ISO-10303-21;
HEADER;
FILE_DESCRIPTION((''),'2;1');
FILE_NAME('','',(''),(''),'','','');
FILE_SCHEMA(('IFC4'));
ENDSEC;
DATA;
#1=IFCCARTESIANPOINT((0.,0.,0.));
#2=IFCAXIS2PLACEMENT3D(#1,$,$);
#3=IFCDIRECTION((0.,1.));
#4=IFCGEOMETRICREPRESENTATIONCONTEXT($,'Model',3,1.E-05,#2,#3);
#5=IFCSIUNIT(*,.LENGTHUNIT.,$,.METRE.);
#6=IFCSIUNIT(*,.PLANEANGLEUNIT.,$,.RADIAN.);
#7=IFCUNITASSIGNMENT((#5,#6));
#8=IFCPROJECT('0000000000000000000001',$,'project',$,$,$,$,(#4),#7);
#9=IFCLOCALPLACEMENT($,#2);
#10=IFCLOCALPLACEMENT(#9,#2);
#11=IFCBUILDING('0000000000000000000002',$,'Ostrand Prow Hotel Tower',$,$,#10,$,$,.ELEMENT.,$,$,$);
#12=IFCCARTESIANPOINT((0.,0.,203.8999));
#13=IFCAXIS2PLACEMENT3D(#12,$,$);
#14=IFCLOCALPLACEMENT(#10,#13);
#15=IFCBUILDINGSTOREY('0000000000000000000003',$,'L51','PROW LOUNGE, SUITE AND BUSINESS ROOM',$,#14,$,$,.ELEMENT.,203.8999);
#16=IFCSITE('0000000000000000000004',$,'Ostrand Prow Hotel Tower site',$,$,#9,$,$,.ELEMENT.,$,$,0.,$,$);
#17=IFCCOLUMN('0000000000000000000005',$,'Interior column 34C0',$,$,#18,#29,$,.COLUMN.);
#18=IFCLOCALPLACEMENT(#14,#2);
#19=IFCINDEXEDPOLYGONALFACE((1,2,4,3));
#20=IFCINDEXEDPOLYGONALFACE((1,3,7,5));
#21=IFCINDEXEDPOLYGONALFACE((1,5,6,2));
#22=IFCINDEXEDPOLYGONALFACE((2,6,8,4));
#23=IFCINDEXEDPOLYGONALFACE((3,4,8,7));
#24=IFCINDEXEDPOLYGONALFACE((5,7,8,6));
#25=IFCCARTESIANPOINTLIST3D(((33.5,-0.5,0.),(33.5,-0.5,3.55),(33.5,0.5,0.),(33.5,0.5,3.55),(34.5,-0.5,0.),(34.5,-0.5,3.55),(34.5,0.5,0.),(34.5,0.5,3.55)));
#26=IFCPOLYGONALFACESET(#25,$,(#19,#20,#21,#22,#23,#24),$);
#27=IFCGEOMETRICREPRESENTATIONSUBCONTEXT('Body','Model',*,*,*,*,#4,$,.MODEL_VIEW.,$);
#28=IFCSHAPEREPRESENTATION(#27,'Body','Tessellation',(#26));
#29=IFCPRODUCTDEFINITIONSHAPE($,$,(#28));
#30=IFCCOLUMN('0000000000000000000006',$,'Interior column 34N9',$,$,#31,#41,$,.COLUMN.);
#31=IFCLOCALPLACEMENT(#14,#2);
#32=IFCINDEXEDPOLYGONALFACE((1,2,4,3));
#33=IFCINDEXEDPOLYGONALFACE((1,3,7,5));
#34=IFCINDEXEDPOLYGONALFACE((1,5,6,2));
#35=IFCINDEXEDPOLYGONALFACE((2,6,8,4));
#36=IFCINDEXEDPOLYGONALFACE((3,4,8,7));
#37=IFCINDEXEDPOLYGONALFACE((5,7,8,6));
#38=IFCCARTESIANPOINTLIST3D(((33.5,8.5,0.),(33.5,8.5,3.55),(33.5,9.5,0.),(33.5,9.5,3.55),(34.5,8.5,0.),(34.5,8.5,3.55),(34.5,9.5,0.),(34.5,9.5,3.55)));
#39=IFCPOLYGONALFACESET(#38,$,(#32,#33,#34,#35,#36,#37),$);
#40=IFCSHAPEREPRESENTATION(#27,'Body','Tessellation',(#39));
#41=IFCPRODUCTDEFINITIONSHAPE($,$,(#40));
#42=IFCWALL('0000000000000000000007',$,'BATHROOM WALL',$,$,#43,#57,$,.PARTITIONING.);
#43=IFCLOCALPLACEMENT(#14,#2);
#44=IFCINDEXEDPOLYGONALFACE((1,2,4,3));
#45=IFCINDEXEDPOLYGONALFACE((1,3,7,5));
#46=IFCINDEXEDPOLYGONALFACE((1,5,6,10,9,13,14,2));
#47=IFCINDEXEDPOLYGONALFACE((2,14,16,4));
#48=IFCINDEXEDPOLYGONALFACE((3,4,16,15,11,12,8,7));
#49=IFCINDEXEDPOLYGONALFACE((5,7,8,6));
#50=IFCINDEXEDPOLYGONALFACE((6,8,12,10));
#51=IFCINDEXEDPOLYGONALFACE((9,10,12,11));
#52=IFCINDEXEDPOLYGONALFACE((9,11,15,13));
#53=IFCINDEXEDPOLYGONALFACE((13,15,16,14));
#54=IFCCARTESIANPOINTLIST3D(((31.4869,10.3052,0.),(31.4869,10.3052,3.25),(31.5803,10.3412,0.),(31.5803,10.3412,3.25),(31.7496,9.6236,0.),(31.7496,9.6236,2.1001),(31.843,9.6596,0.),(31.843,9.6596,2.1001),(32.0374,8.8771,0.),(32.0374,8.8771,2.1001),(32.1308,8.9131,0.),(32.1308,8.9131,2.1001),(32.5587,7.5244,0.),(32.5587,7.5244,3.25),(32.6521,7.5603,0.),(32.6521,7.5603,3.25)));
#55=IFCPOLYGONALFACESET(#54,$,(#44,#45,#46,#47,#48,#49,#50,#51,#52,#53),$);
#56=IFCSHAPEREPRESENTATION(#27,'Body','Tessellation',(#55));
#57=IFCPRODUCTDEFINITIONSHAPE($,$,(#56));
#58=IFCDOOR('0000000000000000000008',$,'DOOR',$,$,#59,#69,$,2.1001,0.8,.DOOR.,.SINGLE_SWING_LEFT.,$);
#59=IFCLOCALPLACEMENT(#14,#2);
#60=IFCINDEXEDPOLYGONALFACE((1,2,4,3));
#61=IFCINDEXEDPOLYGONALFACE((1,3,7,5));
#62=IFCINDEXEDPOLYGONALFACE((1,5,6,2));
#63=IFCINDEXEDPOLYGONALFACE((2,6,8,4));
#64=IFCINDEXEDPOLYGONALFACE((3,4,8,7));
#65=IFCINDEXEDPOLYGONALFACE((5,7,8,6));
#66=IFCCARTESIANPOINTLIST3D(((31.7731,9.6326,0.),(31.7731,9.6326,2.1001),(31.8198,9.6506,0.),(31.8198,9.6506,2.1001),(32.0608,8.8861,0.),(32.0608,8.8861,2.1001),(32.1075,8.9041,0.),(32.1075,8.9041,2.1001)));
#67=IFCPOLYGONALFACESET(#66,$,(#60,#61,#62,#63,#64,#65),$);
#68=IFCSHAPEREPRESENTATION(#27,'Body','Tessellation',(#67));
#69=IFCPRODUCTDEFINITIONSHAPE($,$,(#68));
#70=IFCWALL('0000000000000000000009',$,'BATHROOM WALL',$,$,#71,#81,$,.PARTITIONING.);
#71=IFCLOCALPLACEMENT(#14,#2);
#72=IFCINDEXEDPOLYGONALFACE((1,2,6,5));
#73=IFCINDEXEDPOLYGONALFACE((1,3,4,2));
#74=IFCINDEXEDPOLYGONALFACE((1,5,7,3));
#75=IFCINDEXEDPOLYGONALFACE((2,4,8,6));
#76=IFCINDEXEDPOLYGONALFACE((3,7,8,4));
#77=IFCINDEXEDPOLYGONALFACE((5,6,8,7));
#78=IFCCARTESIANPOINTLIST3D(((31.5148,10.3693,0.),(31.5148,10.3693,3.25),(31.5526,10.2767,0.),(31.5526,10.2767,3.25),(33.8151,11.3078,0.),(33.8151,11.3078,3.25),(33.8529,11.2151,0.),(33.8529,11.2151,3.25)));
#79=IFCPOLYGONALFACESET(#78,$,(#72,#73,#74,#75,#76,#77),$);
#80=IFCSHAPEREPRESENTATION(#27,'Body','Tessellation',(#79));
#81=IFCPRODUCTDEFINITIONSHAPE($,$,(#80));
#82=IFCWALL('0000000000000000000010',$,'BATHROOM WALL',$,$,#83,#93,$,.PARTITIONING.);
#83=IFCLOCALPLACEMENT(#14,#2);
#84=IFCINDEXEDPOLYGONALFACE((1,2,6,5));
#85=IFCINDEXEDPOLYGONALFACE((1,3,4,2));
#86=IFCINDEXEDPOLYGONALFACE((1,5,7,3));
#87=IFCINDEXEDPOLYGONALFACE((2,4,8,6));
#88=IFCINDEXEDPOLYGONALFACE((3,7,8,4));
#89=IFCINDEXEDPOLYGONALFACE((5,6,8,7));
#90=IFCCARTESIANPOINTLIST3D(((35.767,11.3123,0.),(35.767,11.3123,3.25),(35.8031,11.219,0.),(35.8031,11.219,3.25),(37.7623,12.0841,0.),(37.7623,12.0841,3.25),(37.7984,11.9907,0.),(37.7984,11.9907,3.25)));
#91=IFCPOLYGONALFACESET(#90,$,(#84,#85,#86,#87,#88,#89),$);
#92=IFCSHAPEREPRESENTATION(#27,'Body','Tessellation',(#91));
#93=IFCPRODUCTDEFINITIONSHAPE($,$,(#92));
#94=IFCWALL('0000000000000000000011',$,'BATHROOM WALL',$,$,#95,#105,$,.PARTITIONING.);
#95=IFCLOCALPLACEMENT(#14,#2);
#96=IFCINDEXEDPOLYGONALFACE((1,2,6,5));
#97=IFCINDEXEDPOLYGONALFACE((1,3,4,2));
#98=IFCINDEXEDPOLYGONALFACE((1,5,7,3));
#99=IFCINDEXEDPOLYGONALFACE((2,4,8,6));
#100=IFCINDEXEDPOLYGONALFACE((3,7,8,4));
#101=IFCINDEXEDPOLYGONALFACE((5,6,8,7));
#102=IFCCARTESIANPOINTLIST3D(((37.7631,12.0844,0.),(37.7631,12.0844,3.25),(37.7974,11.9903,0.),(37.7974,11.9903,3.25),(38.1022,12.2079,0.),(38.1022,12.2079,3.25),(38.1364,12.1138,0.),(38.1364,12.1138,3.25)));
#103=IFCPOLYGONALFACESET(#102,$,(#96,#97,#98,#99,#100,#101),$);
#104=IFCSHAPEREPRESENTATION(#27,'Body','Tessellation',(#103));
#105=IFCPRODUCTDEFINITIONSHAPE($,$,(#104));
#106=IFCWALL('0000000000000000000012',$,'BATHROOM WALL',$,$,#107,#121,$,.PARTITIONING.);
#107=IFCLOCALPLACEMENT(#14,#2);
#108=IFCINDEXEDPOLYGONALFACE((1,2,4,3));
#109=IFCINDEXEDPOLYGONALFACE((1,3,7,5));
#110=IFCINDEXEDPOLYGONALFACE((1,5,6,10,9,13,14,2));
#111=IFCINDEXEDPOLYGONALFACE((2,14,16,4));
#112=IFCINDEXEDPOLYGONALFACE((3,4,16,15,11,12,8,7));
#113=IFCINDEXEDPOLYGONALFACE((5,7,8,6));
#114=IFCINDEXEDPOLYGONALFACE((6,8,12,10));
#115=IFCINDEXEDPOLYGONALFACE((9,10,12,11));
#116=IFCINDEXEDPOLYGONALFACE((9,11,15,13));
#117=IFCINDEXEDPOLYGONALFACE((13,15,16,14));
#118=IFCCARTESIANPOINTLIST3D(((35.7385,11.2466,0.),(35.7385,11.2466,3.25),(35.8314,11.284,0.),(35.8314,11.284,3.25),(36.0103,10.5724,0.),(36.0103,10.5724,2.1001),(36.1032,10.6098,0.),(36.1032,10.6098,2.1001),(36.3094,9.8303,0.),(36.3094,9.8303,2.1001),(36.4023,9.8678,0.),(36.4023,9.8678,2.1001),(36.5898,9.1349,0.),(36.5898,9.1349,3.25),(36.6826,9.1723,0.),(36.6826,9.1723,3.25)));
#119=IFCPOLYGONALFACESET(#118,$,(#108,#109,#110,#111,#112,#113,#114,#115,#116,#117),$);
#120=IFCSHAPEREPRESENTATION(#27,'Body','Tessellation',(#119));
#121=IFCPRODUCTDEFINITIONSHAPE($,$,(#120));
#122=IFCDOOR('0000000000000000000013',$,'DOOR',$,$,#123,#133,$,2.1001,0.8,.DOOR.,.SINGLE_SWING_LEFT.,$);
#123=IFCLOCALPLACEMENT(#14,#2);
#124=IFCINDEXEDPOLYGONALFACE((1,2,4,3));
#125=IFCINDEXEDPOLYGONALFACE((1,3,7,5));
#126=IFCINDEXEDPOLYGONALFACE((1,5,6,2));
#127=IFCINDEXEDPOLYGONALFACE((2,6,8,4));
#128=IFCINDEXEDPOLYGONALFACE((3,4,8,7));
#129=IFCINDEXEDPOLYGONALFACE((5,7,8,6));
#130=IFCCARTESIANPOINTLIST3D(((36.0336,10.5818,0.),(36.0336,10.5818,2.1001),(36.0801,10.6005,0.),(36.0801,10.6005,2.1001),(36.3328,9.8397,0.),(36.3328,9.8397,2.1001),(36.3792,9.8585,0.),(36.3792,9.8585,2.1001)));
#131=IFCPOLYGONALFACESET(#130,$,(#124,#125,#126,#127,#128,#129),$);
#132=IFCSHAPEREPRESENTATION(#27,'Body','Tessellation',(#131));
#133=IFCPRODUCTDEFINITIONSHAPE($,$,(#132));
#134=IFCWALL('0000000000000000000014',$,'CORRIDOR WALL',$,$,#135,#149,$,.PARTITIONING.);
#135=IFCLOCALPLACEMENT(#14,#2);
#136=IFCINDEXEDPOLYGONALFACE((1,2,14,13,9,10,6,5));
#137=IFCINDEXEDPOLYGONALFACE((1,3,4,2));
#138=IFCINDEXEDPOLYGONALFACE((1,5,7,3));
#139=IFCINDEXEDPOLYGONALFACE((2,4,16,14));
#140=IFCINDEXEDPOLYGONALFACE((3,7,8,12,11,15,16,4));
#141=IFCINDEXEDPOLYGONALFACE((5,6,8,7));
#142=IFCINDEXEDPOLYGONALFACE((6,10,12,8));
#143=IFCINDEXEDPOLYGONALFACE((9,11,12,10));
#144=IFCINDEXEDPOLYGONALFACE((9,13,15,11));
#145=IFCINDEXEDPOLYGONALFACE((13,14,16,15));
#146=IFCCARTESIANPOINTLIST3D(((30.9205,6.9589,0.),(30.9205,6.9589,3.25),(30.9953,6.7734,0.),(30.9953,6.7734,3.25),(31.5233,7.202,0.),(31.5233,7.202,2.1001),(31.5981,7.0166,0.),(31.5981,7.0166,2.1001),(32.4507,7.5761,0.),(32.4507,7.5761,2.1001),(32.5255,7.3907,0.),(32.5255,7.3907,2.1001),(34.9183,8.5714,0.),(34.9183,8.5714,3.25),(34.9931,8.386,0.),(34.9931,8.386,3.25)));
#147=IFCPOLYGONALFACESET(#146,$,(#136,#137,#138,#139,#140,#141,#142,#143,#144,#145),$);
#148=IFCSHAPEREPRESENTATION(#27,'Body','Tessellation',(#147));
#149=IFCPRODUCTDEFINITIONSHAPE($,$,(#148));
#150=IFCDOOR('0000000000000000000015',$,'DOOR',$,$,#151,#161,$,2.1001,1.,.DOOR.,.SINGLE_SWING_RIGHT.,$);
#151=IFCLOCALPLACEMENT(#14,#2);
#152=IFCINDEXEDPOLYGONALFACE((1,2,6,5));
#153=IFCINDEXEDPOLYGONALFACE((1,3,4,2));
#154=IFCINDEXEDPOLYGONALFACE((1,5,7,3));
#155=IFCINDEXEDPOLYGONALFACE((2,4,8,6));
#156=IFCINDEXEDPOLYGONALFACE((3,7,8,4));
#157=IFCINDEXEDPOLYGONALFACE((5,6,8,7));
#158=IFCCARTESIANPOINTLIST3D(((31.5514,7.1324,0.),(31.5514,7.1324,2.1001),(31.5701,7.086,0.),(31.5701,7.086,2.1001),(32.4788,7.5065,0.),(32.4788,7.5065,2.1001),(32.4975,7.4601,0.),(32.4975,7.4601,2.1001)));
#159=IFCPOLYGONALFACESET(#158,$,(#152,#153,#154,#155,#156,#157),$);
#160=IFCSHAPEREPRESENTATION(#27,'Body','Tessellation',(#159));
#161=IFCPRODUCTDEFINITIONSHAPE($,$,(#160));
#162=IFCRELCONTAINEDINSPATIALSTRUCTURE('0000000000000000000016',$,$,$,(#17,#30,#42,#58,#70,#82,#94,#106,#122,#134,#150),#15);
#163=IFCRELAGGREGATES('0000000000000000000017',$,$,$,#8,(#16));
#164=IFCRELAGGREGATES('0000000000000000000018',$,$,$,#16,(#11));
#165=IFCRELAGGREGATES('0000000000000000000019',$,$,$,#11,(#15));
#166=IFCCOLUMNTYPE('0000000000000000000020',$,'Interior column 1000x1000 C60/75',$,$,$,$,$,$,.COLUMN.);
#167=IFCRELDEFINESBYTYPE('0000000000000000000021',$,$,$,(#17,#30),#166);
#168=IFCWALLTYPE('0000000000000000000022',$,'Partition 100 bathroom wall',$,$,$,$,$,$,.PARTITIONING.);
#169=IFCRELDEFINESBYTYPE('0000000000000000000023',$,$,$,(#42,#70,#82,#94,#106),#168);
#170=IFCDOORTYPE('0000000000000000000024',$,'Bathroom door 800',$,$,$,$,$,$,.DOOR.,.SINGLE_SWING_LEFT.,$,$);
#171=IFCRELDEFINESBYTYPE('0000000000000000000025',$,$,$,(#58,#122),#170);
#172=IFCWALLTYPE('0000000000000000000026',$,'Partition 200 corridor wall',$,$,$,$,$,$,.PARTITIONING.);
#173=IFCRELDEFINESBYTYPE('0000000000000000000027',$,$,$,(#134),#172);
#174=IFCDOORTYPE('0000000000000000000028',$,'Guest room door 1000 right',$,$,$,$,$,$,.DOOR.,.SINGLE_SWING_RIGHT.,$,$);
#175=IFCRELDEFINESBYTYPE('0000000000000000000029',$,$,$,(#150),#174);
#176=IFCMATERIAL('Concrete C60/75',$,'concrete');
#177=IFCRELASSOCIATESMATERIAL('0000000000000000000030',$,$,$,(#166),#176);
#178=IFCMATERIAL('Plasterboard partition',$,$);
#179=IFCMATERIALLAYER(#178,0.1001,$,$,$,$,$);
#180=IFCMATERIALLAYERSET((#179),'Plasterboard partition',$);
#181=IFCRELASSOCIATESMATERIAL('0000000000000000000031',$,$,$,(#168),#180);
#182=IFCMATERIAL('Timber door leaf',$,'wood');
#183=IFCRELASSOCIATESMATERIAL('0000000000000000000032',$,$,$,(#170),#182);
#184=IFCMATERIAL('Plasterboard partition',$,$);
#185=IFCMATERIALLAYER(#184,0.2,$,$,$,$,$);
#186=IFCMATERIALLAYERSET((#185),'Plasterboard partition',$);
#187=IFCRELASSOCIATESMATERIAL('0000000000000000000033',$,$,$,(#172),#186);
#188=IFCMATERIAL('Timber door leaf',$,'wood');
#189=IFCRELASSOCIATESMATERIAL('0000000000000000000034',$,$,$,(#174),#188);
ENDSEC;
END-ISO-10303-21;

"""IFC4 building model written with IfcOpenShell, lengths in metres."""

from ifc_helpers import new_model, si_unit, direction, frame, frame_2d, origin, origin_2d, place, context, subcontext, project, spatial, rectangle, extrude, material, layer, layer_set, material_profile, profile_set, type_object, element, fill, save


model = new_model("IFC4")

# Units and contexts
model_context = context("Model", 3, precision=1e-05, world=origin(), true_north=direction((0.0, 1.0)))
body_context = subcontext(model_context, "Body", "Model", "MODEL_VIEW")
ifc_project = project(units=[si_unit("LENGTHUNIT", "METRE"), si_unit("PLANEANGLEUNIT", "RADIAN")], contexts=[model_context])

# Site, building, storey
site_placement = place(None, origin())
site = spatial("IfcSite", under=ifc_project, at=site_placement, Name="Ostrand Prow Hotel Tower site", CompositionType="ELEMENT", RefElevation=0.0)
building_placement = place(site_placement, origin())
building = spatial("IfcBuilding", under=site, at=building_placement, Name="Ostrand Prow Hotel Tower", CompositionType="ELEMENT")
storey_placement = place(building_placement, frame((0.0, 0.0, 203.8999)))
storey = spatial("IfcBuildingStorey", under=building, at=storey_placement, Name="L51", Description="PROW LOUNGE, SUITE AND BUSINESS ROOM", CompositionType="ELEMENT", Elevation=203.8999)

# Columns
ifc_material_1 = material(Name="Concrete C60/75", Category="concrete")
ifc_material_profile = material_profile(ifc_material_1, rectangle(XDim=1.0, YDim=1.0, at=origin_2d()), Name="RC 1000x1000")
ifc_profile_set = profile_set([ifc_material_profile], Name="Concrete C60/75")
column_type = type_object("IfcColumnType", Name="Interior column 1000x1000 C60/75", PredefinedType="COLUMN", material=ifc_profile_set)
for number, where, z_axis, x_axis, name in (
    (1, (34.0, 0.0, 0.0), (0.0, 0.0, 1.0), (1.0, 0.0, 0.0), "Interior column 34C0"),
    (2, (34.0, 9.0, 0.0), (0.0, 0.0, 1.0), (1.0, 0.0, 0.0), "Interior column 34N9"),
):
    element("IfcColumn", number, at=place(storey_placement, frame(where, z_axis=z_axis, x_axis=x_axis)), inside=storey, type_object=column_type, Name=name, PredefinedType="COLUMN", context=body_context, shape_type="SweptSolid", body=[
        extrude(rectangle(XDim=1.0, YDim=1.0, at=origin_2d()), origin(), (0.0, 0.0, 1.0), 3.55),
    ])

# Wall, opening, door
ifc_material_2 = material(Name="Plasterboard partition")
ifc_layer_1 = layer(ifc_material_2, 0.1001)
ifc_layer_set_1 = layer_set([ifc_layer_1], Name="Plasterboard partition")
wall_type_1 = type_object("IfcWallType", Name="Partition 100 bathroom wall", PredefinedType="PARTITIONING", material=ifc_layer_set_1)
wall_1_placement = place(storey_placement, frame((32.6055, 7.5422, 0.0), z_axis=(0.0, 0.0, 1.0), x_axis=(-0.359638, 0.933092, 0.0)))
wall_1 = element("IfcWall", 3, at=wall_1_placement, inside=storey, type_object=wall_type_1, Name="BATHROOM WALL", PredefinedType="PARTITIONING", context=body_context, shape_type="SweptSolid", body=[
    extrude(rectangle(XDim=2.9802, YDim=0.1001, at=frame_2d((1.4902, 0.0))), origin(), (0.0, 0.0, 1.0), 3.25),
])
opening_1_placement = place(wall_1_placement, frame((1.45, 0.0, 0.0)))
opening_1 = element("IfcOpeningElement", 4, at=opening_1_placement, cuts=wall_1, PredefinedType="OPENING", context=body_context, shape_type="SweptSolid", body=[
    extrude(rectangle(XDim=0.8, YDim=2.1001, at=frame_2d((0.3999, 1.05))), frame((0.0, 0.0601, 0.0), z_axis=(0.0, -1.0, 0.0), x_axis=(1.0, 0.0, 0.0)), (0.0, 0.0, 1.0), 0.1201),
])
ifc_material_3 = material(Name="Timber door leaf", Category="wood")
door_type_1 = type_object("IfcDoorType", Name="Bathroom door 800", OperationType="SINGLE_SWING_LEFT", PredefinedType="DOOR", material=ifc_material_3)
door_1_placement = place(opening_1_placement, origin())
door_1 = element("IfcDoor", 5, at=door_1_placement, inside=storey, type_object=door_type_1, Name="DOOR", OperationType="SINGLE_SWING_LEFT", OverallHeight=2.1001, OverallWidth=0.8, PredefinedType="DOOR", context=body_context, shape_type="SweptSolid", body=[
    extrude(rectangle(XDim=0.8, YDim=2.1001, at=frame_2d((0.3999, 1.05))), frame((0.0, 0.0249, 0.0), z_axis=(0.0, -1.0, 0.0), x_axis=(1.0, 0.0, 0.0)), (0.0, 0.0, 1.0), 0.05),
])
fill(opening_1, door_1)

# Walls
wall_2_placement = place(storey_placement, frame((31.5337, 10.323, 0.0), z_axis=(0.0, 0.0, 1.0), x_axis=(0.925907, 0.377753, 0.0)))
element("IfcWall", 6, at=wall_2_placement, inside=storey, type_object=wall_type_1, Name="BATHROOM WALL", PredefinedType="PARTITIONING", context=body_context, shape_type="SweptSolid", body=[
    extrude(rectangle(XDim=2.4844, YDim=0.1001, at=frame_2d((1.2422, 0.0))), origin(), (0.0, 0.0, 1.0), 3.25),
])
wall_3_placement = place(storey_placement, frame((35.7849, 11.2656, 0.0), z_axis=(0.0, 0.0, 1.0), x_axis=(0.932673, 0.360722, 0.0)))
element("IfcWall", 7, at=wall_3_placement, inside=storey, type_object=wall_type_1, Name="BATHROOM WALL", PredefinedType="PARTITIONING", context=body_context, shape_type="SweptSolid", body=[
    extrude(rectangle(XDim=2.1394, YDim=0.1001, at=frame_2d((1.0698, 0.0))), origin(), (0.0, 0.0, 1.0), 3.25),
])
wall_4_placement = place(storey_placement, frame((37.7803, 12.0374, 0.0), z_axis=(0.0, 0.0, 1.0), x_axis=(0.939596, 0.342286, 0.0)))
element("IfcWall", 8, at=wall_4_placement, inside=storey, type_object=wall_type_1, Name="BATHROOM WALL", PredefinedType="PARTITIONING", context=body_context, shape_type="SweptSolid", body=[
    extrude(rectangle(XDim=0.3608, YDim=0.1001, at=frame_2d((0.1804, 0.0))), origin(), (0.0, 0.0, 1.0), 3.25),
])

# Walls, openings, doors
wall_5_placement = place(storey_placement, frame((36.6362, 9.1536, 0.0), z_axis=(0.0, 0.0, 1.0), x_axis=(-0.373885, 0.927475, 0.0)))
wall_5 = element("IfcWall", 9, at=wall_5_placement, inside=storey, type_object=wall_type_1, Name="BATHROOM WALL", PredefinedType="PARTITIONING", context=body_context, shape_type="SweptSolid", body=[
    extrude(rectangle(XDim=2.2769, YDim=0.1001, at=frame_2d((1.1384, 0.0))), origin(), (0.0, 0.0, 1.0), 3.25),
])
opening_2_placement = place(wall_5_placement, frame((0.75, 0.0, 0.0)))
opening_2 = element("IfcOpeningElement", 10, at=opening_2_placement, cuts=wall_5, PredefinedType="OPENING", context=body_context, shape_type="SweptSolid", body=[
    extrude(rectangle(XDim=0.8, YDim=2.1001, at=frame_2d((0.3999, 1.05))), frame((0.0, 0.0601, 0.0), z_axis=(0.0, -1.0, 0.0), x_axis=(1.0, 0.0, 0.0)), (0.0, 0.0, 1.0), 0.1201),
])
door_2_placement = place(opening_2_placement, origin())
door_2 = element("IfcDoor", 11, at=door_2_placement, inside=storey, type_object=door_type_1, Name="DOOR", OperationType="SINGLE_SWING_LEFT", OverallHeight=2.1001, OverallWidth=0.8, PredefinedType="DOOR", context=body_context, shape_type="SweptSolid", body=[
    extrude(rectangle(XDim=0.8, YDim=2.1001, at=frame_2d((0.3999, 1.05))), frame((0.0, 0.0249, 0.0), z_axis=(0.0, -1.0, 0.0), x_axis=(1.0, 0.0, 0.0)), (0.0, 0.0, 1.0), 0.05),
])
fill(opening_2, door_2)
ifc_material_4 = material(Name="Plasterboard partition")
ifc_layer_2 = layer(ifc_material_4, 0.2)
ifc_layer_set_2 = layer_set([ifc_layer_2], Name="Plasterboard partition")
wall_type_2 = type_object("IfcWallType", Name="Partition 200 corridor wall", PredefinedType="PARTITIONING", material=ifc_layer_set_2)
wall_6_placement = place(storey_placement, frame((30.958, 6.8662, 0.0), z_axis=(0.0, 0.0, 1.0), x_axis=(0.927399, 0.374074, 0.0)))
wall_6 = element("IfcWall", 12, at=wall_6_placement, inside=storey, type_object=wall_type_2, Name="CORRIDOR WALL", PredefinedType="PARTITIONING", context=body_context, shape_type="SweptSolid", body=[
    extrude(rectangle(XDim=4.3108, YDim=0.2, at=frame_2d((2.1553, 0.0))), origin(), (0.0, 0.0, 1.0), 3.25),
])
opening_3_placement = place(wall_6_placement, frame((0.6499, 0.0, 0.0)))
opening_3 = element("IfcOpeningElement", 13, at=opening_3_placement, cuts=wall_6, PredefinedType="OPENING", context=body_context, shape_type="SweptSolid", body=[
    extrude(rectangle(XDim=1.0, YDim=2.1001, at=frame_2d((0.5, 1.05))), frame((0.0, 0.1099, 0.0), z_axis=(0.0, -1.0, 0.0), x_axis=(1.0, 0.0, 0.0)), (0.0, 0.0, 1.0), 0.22),
])
ifc_material_5 = material(Name="Timber door leaf", Category="wood")
door_type_2 = type_object("IfcDoorType", Name="Guest room door 1000 right", OperationType="SINGLE_SWING_RIGHT", PredefinedType="DOOR", material=ifc_material_5)
door_3_placement = place(opening_3_placement, origin())
door_3 = element("IfcDoor", 14, at=door_3_placement, inside=storey, type_object=door_type_2, Name="DOOR", OperationType="SINGLE_SWING_RIGHT", OverallHeight=2.1001, OverallWidth=1.0, PredefinedType="DOOR", context=body_context, shape_type="SweptSolid", body=[
    extrude(rectangle(XDim=1.0, YDim=2.1001, at=frame_2d((0.5, 1.05))), frame((0.0, 0.0249, 0.0), z_axis=(0.0, -1.0, 0.0), x_axis=(1.0, 0.0, 0.0)), (0.0, 0.0, 1.0), 0.05),
])
fill(opening_3, door_3)

save(model, "model.ifc")
